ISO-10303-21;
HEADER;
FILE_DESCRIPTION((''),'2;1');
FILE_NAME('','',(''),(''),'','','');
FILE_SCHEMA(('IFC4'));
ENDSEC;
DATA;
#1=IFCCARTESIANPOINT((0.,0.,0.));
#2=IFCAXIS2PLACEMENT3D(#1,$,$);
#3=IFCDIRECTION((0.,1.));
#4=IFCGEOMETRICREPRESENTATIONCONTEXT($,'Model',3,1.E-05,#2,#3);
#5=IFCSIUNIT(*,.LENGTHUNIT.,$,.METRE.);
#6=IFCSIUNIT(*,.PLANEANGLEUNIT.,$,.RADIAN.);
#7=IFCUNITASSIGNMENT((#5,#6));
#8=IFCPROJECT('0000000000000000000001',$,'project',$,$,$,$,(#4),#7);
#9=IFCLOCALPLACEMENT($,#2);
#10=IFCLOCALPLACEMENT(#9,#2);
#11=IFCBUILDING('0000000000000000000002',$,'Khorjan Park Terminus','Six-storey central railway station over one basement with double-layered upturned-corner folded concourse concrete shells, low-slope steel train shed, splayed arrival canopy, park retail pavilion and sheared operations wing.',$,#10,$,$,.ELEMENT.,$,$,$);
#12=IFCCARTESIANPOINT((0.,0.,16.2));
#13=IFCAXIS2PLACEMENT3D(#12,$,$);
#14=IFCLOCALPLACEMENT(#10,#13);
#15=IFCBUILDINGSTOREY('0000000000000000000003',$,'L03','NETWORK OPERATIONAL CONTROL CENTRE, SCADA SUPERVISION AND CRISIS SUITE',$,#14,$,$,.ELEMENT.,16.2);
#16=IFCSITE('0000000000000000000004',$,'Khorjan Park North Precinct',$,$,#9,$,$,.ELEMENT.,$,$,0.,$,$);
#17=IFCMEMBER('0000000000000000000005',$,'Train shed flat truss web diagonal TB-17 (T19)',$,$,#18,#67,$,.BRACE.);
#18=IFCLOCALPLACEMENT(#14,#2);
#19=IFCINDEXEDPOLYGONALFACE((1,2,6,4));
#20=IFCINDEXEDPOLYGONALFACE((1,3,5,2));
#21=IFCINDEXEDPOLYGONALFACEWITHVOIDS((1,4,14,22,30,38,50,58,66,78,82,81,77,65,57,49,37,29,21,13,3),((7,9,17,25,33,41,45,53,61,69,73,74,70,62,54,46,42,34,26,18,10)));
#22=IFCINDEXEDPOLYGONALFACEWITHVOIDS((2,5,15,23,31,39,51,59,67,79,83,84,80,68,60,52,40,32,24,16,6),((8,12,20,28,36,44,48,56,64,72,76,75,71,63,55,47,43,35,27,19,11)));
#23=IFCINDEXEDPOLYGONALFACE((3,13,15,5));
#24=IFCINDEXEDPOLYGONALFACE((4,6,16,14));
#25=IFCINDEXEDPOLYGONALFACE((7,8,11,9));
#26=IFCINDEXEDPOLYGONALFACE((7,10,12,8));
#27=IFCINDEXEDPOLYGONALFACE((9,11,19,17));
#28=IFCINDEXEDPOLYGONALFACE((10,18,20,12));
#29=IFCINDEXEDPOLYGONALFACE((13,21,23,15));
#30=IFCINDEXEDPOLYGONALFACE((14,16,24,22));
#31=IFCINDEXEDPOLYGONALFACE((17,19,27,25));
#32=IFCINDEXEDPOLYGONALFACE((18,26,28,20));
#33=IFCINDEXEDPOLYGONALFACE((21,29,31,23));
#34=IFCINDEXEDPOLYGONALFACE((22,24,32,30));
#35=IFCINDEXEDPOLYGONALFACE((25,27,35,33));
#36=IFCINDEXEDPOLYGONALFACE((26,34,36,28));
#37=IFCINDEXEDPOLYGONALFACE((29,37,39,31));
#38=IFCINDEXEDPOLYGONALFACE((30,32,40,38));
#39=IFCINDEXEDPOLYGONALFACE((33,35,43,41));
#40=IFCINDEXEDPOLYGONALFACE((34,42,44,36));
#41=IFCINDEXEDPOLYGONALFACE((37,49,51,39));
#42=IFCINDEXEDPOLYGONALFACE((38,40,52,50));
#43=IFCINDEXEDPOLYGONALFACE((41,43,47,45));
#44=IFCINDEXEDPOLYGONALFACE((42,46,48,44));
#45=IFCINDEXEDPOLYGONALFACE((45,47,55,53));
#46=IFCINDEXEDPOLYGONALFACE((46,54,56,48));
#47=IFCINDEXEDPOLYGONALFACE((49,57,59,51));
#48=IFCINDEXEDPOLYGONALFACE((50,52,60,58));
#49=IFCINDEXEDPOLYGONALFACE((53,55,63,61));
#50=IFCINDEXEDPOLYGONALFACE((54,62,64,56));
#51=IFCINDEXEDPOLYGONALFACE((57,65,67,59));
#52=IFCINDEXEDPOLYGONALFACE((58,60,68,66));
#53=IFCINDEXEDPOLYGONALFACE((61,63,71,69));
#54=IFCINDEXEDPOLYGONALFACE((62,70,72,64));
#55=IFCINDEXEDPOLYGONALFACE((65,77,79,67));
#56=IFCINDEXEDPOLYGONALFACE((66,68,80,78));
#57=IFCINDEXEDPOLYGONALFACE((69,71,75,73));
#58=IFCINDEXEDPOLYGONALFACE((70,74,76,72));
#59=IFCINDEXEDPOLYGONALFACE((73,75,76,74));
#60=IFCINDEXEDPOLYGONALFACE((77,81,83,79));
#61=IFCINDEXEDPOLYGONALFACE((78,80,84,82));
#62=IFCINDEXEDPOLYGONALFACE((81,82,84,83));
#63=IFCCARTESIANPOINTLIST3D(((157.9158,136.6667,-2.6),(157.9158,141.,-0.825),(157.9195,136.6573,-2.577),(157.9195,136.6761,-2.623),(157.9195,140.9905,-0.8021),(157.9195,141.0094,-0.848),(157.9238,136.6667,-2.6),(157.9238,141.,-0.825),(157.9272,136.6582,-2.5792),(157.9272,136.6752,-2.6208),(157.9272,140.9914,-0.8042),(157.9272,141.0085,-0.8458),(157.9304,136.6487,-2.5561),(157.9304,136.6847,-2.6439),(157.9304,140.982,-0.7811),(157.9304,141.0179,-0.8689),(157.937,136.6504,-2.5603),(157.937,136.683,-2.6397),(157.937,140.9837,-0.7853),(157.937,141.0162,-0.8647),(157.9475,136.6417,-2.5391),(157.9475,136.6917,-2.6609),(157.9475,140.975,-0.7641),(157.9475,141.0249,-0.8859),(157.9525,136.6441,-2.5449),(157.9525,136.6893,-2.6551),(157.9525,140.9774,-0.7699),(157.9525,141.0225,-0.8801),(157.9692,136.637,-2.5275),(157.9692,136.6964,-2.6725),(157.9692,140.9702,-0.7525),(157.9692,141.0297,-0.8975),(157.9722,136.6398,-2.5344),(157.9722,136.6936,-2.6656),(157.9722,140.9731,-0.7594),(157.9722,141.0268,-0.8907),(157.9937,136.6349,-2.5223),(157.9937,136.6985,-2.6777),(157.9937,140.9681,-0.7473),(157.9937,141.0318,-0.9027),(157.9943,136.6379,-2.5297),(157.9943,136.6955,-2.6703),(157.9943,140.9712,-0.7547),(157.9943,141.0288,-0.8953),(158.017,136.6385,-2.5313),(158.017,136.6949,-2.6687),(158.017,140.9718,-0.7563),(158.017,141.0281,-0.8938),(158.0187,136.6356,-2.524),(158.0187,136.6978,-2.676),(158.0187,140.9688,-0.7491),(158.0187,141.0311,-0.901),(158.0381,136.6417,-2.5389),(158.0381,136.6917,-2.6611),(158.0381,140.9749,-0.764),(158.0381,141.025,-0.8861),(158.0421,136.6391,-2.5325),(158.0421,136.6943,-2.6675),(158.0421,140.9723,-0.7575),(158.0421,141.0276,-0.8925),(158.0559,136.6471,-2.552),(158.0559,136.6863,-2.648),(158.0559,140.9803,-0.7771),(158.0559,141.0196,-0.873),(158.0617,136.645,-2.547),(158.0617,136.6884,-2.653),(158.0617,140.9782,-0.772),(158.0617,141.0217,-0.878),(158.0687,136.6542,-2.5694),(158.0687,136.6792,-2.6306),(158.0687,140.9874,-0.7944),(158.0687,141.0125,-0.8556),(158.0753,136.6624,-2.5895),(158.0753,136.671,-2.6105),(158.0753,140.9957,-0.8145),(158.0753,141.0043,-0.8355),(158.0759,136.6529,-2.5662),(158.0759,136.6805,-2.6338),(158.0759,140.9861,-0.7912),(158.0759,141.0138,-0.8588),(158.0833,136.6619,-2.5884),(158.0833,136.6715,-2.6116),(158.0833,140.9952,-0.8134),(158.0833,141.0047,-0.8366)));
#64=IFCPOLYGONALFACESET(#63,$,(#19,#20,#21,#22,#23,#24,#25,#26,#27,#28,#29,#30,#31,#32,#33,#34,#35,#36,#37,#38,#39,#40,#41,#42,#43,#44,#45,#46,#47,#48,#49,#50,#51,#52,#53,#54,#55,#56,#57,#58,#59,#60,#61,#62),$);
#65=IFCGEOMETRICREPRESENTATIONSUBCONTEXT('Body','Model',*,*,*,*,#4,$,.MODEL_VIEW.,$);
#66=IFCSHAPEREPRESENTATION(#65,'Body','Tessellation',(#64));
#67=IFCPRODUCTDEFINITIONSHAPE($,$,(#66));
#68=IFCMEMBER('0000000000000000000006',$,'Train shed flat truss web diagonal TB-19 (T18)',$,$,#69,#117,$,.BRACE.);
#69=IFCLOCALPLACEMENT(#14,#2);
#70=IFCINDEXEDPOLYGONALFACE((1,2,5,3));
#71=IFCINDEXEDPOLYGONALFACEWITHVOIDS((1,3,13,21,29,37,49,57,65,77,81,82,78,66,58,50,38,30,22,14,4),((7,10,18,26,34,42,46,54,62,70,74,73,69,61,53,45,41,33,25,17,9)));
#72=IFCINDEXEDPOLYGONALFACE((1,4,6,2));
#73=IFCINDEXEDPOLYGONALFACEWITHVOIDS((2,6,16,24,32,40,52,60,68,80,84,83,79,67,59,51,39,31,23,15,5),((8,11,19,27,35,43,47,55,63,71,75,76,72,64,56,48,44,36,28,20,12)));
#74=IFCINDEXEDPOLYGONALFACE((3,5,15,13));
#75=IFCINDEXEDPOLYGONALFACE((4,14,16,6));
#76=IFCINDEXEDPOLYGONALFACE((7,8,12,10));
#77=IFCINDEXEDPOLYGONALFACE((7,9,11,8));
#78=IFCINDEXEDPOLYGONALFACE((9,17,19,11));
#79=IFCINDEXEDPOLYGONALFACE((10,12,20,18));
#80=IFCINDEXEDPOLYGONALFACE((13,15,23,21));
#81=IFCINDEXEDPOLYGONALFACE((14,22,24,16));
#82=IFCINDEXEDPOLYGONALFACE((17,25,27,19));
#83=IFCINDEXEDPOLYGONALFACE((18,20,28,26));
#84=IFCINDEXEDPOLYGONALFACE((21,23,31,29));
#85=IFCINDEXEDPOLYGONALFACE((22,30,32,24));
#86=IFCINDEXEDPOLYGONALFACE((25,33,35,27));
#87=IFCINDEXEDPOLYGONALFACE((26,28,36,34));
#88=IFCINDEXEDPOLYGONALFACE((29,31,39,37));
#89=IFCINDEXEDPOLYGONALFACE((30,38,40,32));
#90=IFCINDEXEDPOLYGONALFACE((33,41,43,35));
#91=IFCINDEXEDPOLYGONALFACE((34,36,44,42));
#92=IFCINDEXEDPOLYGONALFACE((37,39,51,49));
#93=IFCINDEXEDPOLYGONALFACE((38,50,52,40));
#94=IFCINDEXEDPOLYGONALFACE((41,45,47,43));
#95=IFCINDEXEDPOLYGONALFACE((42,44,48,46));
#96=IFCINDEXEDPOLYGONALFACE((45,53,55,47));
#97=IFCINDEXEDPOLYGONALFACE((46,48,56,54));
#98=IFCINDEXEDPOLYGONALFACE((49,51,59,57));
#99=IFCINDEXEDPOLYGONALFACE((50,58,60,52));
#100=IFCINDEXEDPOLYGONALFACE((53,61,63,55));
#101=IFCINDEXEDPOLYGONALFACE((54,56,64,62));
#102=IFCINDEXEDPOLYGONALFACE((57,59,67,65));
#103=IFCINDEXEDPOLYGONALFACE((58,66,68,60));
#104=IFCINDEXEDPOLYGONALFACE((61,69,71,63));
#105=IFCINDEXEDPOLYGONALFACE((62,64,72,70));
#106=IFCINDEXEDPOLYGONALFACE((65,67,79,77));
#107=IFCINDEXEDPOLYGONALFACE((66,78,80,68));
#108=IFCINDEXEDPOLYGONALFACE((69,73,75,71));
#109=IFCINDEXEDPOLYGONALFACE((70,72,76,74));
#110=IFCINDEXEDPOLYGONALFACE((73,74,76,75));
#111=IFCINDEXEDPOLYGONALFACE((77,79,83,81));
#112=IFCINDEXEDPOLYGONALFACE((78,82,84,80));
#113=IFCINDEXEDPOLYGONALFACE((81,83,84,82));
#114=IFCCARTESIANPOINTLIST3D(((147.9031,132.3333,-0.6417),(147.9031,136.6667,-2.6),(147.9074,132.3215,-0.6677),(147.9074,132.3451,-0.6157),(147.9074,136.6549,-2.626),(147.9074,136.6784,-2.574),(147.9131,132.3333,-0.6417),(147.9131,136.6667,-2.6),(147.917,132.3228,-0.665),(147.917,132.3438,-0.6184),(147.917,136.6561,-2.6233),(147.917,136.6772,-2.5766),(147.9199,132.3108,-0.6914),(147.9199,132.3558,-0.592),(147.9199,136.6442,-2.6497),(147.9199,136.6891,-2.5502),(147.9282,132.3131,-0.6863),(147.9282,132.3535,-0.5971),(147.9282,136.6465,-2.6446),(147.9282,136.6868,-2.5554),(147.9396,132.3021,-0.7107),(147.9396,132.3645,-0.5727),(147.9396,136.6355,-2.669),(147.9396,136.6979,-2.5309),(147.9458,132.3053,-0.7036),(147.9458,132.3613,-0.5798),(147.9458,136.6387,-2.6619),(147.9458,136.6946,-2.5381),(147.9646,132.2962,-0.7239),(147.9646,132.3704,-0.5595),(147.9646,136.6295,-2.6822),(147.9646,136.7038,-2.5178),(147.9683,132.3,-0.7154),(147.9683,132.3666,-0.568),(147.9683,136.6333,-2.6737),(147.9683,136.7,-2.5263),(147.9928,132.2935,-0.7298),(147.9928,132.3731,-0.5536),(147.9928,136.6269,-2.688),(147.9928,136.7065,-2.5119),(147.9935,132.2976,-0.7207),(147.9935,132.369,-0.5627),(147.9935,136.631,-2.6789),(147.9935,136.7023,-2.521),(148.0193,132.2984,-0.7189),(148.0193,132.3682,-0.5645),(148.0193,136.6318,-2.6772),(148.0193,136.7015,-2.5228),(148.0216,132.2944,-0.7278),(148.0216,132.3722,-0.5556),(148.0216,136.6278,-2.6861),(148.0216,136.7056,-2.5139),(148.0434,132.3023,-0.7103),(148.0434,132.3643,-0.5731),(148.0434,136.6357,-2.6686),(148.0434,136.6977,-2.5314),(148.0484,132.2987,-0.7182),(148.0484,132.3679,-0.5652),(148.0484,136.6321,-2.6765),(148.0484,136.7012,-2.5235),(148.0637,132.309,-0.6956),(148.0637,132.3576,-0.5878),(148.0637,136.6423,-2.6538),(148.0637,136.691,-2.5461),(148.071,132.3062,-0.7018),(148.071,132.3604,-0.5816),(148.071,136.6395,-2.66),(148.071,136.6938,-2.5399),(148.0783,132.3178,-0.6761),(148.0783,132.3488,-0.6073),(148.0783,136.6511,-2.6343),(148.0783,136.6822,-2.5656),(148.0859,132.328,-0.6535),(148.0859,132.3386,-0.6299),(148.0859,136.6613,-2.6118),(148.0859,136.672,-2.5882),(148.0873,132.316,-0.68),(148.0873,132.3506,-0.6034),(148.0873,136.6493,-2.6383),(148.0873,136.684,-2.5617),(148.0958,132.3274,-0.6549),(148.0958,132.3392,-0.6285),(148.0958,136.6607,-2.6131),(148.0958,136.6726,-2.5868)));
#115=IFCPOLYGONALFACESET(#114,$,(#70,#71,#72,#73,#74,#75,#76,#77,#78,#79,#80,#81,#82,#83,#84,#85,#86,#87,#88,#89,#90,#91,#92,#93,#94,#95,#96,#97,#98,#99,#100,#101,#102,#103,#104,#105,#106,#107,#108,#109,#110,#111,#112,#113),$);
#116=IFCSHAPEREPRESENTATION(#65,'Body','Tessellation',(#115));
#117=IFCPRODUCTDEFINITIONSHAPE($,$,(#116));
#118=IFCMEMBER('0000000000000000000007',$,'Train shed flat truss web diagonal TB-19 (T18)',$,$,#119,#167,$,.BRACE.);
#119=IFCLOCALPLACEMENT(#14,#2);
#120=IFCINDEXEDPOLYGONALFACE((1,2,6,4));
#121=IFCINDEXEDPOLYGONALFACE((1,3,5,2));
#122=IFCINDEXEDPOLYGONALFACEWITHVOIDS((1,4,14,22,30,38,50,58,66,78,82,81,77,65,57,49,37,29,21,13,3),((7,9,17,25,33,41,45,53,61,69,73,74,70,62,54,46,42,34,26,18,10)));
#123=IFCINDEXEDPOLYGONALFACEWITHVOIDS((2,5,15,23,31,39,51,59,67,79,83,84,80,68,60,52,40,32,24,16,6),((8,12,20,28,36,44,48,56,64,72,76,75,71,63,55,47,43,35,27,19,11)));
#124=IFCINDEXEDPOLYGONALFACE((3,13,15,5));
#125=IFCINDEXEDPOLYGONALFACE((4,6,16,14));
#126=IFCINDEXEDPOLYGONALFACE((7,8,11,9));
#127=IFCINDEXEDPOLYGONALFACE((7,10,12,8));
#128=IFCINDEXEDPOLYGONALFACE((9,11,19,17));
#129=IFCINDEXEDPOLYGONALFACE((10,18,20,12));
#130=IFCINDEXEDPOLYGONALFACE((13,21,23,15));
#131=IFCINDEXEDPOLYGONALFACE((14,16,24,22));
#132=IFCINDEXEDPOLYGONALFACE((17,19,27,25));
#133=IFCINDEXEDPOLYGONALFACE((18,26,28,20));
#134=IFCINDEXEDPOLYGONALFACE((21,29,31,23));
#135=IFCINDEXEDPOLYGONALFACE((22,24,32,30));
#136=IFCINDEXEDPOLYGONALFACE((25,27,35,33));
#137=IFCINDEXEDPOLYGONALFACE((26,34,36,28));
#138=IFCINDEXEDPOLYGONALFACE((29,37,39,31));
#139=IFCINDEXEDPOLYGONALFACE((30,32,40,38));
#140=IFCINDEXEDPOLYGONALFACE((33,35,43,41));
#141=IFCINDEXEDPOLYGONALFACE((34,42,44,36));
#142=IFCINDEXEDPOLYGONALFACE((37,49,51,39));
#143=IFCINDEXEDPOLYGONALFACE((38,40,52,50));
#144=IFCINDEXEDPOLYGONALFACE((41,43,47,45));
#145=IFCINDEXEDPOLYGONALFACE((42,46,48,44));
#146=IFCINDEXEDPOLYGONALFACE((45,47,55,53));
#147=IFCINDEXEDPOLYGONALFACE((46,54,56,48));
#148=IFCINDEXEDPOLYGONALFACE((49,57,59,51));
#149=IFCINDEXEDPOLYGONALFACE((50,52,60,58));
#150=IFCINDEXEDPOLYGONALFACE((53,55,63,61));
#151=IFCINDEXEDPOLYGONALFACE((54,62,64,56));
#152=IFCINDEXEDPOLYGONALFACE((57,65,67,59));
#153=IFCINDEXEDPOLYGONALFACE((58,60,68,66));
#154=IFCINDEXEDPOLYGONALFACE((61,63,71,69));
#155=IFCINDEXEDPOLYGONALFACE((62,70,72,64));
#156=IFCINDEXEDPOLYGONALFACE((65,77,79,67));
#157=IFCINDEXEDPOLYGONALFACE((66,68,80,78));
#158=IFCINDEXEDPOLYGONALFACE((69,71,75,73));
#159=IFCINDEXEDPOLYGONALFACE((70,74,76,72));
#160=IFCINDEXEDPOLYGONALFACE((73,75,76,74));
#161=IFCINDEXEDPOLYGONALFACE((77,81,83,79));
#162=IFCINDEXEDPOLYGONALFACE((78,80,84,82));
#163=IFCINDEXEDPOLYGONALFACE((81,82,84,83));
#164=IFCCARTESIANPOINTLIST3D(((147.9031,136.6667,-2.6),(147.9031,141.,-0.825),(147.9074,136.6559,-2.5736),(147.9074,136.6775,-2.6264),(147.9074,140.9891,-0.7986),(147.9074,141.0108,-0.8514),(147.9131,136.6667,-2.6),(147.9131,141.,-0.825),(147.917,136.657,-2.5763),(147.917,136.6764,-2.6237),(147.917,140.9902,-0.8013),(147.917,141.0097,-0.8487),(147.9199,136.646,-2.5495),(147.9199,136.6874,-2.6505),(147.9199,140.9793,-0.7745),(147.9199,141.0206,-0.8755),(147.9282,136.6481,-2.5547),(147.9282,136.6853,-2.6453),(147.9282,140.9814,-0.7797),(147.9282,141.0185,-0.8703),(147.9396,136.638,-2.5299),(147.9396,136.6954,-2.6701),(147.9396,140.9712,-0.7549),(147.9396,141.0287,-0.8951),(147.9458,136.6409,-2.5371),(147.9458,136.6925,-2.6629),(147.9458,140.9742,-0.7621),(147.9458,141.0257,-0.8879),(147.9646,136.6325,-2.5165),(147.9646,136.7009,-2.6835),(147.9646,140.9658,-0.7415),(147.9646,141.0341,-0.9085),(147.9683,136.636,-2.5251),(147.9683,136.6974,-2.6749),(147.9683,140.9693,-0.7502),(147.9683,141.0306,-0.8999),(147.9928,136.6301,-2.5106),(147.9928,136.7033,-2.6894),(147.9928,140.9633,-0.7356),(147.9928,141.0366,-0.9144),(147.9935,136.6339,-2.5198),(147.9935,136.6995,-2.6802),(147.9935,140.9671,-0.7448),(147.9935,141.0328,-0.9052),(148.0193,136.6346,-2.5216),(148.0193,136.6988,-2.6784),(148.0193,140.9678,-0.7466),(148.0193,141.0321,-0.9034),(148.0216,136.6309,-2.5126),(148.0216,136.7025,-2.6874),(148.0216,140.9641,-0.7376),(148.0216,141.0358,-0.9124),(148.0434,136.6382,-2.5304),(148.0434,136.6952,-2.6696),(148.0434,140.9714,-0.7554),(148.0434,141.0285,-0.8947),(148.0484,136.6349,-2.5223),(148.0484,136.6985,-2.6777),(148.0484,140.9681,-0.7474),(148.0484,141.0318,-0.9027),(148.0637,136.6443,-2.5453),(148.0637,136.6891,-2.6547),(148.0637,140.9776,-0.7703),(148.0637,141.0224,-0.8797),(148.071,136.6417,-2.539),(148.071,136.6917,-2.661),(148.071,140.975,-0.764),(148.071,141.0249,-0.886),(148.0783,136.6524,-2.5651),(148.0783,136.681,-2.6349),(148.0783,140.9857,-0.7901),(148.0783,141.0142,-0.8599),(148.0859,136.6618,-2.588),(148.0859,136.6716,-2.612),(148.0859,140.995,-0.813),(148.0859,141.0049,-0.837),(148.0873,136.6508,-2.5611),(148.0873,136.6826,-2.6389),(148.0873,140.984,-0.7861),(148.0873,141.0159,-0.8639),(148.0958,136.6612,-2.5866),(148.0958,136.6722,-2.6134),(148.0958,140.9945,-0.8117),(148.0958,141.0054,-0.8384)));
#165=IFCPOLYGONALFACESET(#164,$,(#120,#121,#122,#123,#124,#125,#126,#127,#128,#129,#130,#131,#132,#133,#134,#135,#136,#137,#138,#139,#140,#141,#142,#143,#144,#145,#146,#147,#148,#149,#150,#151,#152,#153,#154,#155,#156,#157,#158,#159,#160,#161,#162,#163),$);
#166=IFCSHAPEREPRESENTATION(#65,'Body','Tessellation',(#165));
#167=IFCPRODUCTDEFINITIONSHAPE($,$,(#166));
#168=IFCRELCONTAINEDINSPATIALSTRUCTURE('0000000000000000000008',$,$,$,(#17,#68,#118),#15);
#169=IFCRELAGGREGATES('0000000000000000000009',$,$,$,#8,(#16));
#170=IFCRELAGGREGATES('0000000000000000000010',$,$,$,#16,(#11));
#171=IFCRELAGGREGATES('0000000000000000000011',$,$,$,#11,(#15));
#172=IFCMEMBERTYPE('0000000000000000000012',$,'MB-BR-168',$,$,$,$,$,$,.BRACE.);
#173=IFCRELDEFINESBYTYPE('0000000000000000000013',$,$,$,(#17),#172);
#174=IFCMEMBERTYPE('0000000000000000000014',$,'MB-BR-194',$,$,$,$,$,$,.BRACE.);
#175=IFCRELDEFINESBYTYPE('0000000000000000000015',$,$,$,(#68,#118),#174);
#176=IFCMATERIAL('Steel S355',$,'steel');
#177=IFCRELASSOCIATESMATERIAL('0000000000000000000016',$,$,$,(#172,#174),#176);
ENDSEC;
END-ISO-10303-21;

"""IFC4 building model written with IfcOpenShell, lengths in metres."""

from ifc_helpers import new_model, si_unit, direction, frame, origin, origin_2d, place, context, subcontext, project, spatial, hollow_circle, extrude, material, material_profile, profile_set, type_object, element, save


model = new_model("IFC4")

# Units and contexts
model_context = context("Model", 3, precision=1e-05, world=origin(), true_north=direction((0.0, 1.0)))
body_context = subcontext(model_context, "Body", "Model", "MODEL_VIEW")
ifc_project = project(units=[si_unit("LENGTHUNIT", "METRE"), si_unit("PLANEANGLEUNIT", "RADIAN")], contexts=[model_context])

# Site, building, storey
site_placement = place(None, origin())
site = spatial("IfcSite", under=ifc_project, at=site_placement, Name="Khorjan Park North Precinct", CompositionType="ELEMENT", RefElevation=0.0)
building_placement = place(site_placement, origin())
building = spatial("IfcBuilding", under=site, at=building_placement, Name="Khorjan Park Terminus", Description="Six-storey central railway station over one basement with double-layered upturned-corner folded concourse concrete shells, low-slope steel train shed, splayed arrival canopy, park retail pavilion and sheared operations wing.", CompositionType="ELEMENT")
storey_placement = place(building_placement, frame((0.0, 0.0, 16.2)))
storey = spatial("IfcBuildingStorey", under=building, at=storey_placement, Name="L03", Description="NETWORK OPERATIONAL CONTROL CENTRE, SCADA SUPERVISION AND CRISIS SUITE", CompositionType="ELEMENT", Elevation=16.2)

# Members
ifc_material = material(Name="Steel S355", Category="steel")
ifc_material_profile_1 = material_profile(ifc_material, hollow_circle(Radius=0.0842, WallThickness=0.008, at=origin_2d()), Name="CHS 168.3x8")
ifc_profile_set_1 = profile_set([ifc_material_profile_1], Name="Steel S355")
member_type_1 = type_object("IfcMemberType", Name="MB-BR-168", PredefinedType="BRACE", material=ifc_profile_set_1)
member_1_placement = place(storey_placement, frame((158.0, 136.6667, -2.6), z_axis=(0.0, 0.925376, 0.379051), x_axis=(-1.0, 0.0, 0.0)))
element("IfcMember", 1, at=member_1_placement, inside=storey, type_object=member_type_1, Name="Train shed flat truss web diagonal TB-17 (T19)", PredefinedType="BRACE", context=body_context, shape_type="SweptSolid", body=[
    extrude(hollow_circle(Radius=0.0842, WallThickness=0.008, at=origin_2d()), origin(), (0.0, 0.0, 1.0), 4.6827),
])
ifc_material_profile_2 = material_profile(ifc_material, hollow_circle(Radius=0.0969, WallThickness=0.01, at=origin_2d()), Name="CHS 193.7x10")
ifc_profile_set_2 = profile_set([ifc_material_profile_2], Name="Steel S355")
member_type_2 = type_object("IfcMemberType", Name="MB-BR-194", PredefinedType="BRACE", material=ifc_profile_set_2)
member_2_placement = place(storey_placement, frame((148.0, 132.3333, -0.6417), z_axis=(0.0, 0.91127, -0.41181), x_axis=(-1.0, 0.0, 0.0)))
element("IfcMember", 2, at=member_2_placement, inside=storey, type_object=member_type_2, Name="Train shed flat truss web diagonal TB-19 (T18)", PredefinedType="BRACE", context=body_context, shape_type="SweptSolid", body=[
    extrude(hollow_circle(Radius=0.0969, WallThickness=0.01, at=origin_2d()), origin(), (0.0, 0.0, 1.0), 4.7553),
])
member_3_placement = place(storey_placement, frame((148.0, 136.6667, -2.6), z_axis=(0.0, 0.925376, 0.379051), x_axis=(-1.0, 0.0, 0.0)))
element("IfcMember", 3, at=member_3_placement, inside=storey, type_object=member_type_2, Name="Train shed flat truss web diagonal TB-19 (T18)", PredefinedType="BRACE", context=body_context, shape_type="SweptSolid", body=[
    extrude(hollow_circle(Radius=0.0969, WallThickness=0.01, at=origin_2d()), origin(), (0.0, 0.0, 1.0), 4.6827),
])

save(model, "model.ifc")
